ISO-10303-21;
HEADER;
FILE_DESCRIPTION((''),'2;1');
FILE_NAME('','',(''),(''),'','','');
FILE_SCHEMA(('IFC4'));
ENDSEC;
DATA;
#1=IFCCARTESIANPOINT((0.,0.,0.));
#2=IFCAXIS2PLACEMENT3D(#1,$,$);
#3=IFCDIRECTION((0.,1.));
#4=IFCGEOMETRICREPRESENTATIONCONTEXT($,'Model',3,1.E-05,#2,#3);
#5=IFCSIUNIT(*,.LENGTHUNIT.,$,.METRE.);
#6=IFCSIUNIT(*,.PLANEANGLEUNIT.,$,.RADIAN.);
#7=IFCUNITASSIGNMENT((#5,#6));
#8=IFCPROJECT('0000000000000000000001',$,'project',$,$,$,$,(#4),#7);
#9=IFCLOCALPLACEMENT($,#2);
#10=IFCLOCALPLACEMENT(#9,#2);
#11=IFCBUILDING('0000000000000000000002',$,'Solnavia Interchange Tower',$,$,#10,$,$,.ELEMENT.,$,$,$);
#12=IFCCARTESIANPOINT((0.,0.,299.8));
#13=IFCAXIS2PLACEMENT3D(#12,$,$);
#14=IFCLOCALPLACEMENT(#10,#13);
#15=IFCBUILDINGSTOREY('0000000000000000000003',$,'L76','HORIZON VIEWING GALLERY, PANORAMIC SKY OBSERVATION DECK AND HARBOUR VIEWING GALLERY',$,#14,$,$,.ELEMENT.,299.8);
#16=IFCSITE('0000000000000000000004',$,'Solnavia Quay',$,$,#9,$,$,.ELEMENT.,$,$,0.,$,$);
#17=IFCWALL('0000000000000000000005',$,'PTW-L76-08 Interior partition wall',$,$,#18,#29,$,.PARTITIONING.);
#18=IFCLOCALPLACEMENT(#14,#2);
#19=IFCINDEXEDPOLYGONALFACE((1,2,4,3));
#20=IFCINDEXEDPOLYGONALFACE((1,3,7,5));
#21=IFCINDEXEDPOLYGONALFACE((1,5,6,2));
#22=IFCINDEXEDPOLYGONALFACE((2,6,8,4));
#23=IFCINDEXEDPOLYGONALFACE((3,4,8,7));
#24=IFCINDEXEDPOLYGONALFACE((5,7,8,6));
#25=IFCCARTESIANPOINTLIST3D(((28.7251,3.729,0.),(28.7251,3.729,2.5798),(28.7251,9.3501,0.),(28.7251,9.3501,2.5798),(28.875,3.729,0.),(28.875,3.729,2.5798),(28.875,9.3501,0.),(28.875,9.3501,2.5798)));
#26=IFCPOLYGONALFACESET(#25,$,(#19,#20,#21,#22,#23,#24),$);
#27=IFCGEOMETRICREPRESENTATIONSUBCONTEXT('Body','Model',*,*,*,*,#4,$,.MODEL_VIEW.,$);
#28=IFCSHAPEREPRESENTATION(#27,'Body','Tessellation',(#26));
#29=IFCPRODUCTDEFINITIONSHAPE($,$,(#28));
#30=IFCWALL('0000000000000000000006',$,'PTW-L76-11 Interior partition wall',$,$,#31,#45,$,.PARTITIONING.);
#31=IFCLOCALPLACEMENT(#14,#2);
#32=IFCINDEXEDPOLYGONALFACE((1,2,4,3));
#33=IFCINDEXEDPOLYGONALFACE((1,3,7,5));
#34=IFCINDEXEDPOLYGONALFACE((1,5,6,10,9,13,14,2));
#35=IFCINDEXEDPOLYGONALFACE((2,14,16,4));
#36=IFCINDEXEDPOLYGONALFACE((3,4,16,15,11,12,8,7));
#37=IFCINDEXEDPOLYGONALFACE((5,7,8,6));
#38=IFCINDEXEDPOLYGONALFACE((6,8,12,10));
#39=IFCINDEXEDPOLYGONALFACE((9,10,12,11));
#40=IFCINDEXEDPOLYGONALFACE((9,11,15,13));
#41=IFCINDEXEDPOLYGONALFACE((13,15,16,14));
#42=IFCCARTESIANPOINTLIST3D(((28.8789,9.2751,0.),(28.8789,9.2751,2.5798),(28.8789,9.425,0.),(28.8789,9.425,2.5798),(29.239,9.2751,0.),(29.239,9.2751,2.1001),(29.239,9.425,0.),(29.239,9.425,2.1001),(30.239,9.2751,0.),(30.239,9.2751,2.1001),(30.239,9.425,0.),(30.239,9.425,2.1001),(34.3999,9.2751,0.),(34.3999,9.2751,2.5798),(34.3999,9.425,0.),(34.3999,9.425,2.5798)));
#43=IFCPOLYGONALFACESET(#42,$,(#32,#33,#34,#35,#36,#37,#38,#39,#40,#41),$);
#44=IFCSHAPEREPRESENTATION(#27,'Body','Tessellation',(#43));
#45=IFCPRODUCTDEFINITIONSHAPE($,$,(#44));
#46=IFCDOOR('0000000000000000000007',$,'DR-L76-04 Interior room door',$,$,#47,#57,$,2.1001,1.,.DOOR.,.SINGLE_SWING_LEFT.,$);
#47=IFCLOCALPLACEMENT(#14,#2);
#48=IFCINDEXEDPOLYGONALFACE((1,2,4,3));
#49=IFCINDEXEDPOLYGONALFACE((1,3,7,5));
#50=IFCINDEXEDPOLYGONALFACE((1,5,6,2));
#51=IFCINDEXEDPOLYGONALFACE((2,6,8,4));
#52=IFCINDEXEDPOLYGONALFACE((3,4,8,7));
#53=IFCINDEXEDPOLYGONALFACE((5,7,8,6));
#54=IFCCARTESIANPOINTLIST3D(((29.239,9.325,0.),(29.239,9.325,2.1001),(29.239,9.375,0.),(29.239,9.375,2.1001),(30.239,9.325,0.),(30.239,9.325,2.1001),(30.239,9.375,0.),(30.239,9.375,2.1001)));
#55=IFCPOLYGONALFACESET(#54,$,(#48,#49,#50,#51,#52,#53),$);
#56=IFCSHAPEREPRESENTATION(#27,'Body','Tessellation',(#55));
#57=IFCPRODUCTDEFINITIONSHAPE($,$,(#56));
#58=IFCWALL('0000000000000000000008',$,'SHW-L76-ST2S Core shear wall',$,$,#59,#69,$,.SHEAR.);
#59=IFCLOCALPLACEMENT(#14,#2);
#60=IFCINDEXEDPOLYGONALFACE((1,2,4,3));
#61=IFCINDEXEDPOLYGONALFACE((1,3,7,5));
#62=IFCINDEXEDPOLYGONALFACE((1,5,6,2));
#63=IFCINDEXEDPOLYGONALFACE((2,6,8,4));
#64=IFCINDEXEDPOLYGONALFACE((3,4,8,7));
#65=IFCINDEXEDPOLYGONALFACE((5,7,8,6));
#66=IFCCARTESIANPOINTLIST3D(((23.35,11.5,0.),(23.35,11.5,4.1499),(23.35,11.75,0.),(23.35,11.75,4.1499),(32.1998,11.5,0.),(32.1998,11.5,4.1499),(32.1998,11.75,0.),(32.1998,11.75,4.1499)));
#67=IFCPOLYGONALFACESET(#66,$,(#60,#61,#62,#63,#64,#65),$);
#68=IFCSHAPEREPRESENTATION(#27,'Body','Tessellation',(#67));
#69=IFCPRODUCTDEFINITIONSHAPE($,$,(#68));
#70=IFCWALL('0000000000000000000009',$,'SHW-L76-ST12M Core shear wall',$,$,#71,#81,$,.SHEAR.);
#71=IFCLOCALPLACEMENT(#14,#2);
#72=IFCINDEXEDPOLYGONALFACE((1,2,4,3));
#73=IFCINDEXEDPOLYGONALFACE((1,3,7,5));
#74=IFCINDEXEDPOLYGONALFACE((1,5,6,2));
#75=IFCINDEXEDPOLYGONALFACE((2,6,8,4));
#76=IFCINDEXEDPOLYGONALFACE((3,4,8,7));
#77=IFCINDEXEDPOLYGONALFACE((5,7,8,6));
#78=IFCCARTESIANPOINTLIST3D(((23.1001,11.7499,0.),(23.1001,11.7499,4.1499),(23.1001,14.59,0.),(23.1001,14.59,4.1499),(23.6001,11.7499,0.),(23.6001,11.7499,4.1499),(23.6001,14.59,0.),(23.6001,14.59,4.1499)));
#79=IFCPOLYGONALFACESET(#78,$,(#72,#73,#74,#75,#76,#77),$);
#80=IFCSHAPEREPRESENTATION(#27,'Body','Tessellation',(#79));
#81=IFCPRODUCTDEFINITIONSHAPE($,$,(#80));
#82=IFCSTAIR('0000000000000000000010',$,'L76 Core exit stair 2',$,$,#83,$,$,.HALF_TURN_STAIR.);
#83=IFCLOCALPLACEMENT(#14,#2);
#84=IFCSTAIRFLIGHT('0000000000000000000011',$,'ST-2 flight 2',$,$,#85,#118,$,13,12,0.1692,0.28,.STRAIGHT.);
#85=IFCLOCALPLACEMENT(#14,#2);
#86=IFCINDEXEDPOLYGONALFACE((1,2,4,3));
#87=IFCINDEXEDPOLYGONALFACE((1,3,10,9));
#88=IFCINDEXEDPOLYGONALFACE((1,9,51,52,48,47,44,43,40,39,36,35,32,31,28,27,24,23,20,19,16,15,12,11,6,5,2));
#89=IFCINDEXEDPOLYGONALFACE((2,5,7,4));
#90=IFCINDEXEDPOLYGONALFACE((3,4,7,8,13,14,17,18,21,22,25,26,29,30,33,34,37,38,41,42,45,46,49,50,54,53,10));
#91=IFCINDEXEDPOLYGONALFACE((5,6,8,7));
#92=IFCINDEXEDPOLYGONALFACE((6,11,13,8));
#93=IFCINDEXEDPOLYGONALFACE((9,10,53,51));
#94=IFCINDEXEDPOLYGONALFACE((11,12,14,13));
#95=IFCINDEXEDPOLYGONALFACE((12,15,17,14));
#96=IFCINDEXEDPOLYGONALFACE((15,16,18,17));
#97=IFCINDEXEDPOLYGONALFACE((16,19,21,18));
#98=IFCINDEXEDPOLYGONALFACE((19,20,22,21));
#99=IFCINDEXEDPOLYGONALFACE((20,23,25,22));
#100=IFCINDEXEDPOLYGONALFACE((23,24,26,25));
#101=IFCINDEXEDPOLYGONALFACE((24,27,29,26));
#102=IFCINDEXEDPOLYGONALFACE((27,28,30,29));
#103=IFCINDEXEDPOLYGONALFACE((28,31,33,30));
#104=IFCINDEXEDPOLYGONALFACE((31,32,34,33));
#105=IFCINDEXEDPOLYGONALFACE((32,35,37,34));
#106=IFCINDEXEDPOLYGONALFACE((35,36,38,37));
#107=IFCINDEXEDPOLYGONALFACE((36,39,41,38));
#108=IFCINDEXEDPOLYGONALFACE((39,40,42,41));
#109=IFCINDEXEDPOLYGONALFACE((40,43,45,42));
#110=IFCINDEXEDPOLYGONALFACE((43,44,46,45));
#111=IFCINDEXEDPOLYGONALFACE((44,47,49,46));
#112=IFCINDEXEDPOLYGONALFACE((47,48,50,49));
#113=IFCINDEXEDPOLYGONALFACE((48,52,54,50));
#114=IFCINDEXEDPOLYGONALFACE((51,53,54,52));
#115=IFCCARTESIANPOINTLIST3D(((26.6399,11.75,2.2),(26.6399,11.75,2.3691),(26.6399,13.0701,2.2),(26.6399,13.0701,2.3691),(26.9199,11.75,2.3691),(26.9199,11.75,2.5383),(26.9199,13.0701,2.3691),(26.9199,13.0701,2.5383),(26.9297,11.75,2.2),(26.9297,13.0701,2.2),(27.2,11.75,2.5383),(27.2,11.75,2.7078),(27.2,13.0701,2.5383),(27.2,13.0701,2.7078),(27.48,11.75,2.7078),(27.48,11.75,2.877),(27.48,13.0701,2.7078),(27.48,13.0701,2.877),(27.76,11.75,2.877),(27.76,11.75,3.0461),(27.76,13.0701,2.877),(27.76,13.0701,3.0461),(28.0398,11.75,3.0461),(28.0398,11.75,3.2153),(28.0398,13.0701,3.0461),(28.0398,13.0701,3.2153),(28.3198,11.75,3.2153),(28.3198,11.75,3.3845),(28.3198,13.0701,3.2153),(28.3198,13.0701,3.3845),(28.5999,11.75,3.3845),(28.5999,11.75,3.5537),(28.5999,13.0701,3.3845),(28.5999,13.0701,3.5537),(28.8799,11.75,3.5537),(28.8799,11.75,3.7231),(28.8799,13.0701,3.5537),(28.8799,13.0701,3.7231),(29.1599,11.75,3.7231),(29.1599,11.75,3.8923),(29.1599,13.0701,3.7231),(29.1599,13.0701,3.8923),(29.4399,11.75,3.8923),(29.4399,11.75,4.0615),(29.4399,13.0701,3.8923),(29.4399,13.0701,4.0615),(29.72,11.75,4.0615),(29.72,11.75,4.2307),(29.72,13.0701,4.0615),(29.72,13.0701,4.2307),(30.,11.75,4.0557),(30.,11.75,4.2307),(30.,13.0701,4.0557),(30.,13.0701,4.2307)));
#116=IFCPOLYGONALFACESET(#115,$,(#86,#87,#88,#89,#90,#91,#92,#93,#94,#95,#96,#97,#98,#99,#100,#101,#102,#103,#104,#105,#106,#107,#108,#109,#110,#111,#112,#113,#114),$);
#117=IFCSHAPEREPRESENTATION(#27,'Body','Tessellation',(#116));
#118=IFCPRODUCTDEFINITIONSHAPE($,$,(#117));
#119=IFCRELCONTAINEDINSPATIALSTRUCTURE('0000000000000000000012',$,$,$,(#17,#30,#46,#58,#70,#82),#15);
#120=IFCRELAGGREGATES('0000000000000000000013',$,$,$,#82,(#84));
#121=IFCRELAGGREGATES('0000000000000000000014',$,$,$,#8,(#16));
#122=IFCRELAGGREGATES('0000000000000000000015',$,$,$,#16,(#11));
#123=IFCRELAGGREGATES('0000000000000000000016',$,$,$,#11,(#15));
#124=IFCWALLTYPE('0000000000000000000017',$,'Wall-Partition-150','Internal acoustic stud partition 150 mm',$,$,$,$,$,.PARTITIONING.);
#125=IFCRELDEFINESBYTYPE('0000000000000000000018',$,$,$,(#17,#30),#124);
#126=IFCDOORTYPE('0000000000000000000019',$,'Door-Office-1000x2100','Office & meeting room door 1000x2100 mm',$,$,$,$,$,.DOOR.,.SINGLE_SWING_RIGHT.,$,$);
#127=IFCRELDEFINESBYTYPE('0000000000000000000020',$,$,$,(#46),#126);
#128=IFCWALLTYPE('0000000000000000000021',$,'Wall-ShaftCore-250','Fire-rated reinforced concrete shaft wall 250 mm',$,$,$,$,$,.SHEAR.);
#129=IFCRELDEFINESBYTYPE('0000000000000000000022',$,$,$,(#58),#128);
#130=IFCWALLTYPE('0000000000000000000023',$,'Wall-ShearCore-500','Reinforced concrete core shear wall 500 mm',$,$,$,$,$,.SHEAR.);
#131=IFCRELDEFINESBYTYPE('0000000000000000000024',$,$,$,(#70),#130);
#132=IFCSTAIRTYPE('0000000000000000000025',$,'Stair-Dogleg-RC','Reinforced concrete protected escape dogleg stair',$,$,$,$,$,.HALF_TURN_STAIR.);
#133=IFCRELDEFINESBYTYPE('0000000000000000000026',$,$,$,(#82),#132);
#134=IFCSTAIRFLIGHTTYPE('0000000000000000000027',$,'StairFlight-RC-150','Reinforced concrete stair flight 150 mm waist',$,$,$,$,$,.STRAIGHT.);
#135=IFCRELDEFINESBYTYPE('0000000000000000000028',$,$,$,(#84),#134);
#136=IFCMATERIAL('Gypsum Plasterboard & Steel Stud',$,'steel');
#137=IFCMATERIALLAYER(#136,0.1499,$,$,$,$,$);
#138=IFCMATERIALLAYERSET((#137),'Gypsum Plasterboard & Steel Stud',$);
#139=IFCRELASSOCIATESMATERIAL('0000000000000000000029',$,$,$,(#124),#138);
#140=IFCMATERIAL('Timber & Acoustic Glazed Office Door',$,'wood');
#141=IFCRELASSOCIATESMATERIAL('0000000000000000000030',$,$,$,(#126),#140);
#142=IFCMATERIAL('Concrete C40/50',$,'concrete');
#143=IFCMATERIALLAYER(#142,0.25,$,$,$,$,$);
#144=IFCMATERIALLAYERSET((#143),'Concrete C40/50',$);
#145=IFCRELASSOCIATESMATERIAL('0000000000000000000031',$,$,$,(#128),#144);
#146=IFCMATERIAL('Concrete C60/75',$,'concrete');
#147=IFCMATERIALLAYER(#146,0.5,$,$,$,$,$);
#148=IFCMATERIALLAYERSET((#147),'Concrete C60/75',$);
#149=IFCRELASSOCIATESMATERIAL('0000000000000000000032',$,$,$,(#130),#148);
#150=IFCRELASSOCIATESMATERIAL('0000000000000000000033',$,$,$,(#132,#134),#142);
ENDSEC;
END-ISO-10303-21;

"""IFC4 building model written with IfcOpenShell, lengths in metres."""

from ifc_helpers import new_model, si_unit, direction, frame, frame_2d, origin, place, context, subcontext, project, spatial, polyline, rectangle, outline, extrude, material, layer, layer_set, type_object, element, fill, aggregate, save


model = new_model("IFC4")

# Units and contexts
model_context = context("Model", 3, precision=1e-05, world=origin(), true_north=direction((0.0, 1.0)))
body_context = subcontext(model_context, "Body", "Model", "MODEL_VIEW")
ifc_project = project(units=[si_unit("LENGTHUNIT", "METRE"), si_unit("PLANEANGLEUNIT", "RADIAN")], contexts=[model_context])

# Site, building, storey
site_placement = place(None, origin())
site = spatial("IfcSite", under=ifc_project, at=site_placement, Name="Solnavia Quay", CompositionType="ELEMENT", RefElevation=0.0)
building_placement = place(site_placement, origin())
building = spatial("IfcBuilding", under=site, at=building_placement, Name="Solnavia Interchange Tower", CompositionType="ELEMENT")
storey_placement = place(building_placement, frame((0.0, 0.0, 299.8)))
storey = spatial("IfcBuildingStorey", under=building, at=storey_placement, Name="L76", Description="HORIZON VIEWING GALLERY, PANORAMIC SKY OBSERVATION DECK AND HARBOUR VIEWING GALLERY", CompositionType="ELEMENT", Elevation=299.8)

# Shared definitions
ifc_material_1 = material(Name="Concrete C40/50", Category="concrete")

# Wall
ifc_material_2 = material(Name="Gypsum Plasterboard & Steel Stud", Category="steel")
ifc_layer_1 = layer(ifc_material_2, 0.1499)
ifc_layer_set_1 = layer_set([ifc_layer_1], Name="Gypsum Plasterboard & Steel Stud")
wall_type_1 = type_object("IfcWallType", Name="Wall-Partition-150", Description="Internal acoustic stud partition 150 mm", PredefinedType="PARTITIONING", material=ifc_layer_set_1)
wall_1_placement = place(storey_placement, frame((28.8, 9.3501, 0.0), z_axis=(0.0, 0.0, 1.0), x_axis=(0.0, -1.0, 0.0)))
element("IfcWall", 1, at=wall_1_placement, inside=storey, type_object=wall_type_1, Name="PTW-L76-08 Interior partition wall", PredefinedType="PARTITIONING", context=body_context, shape_type="SweptSolid", body=[
    extrude(rectangle(XDim=5.6211, YDim=0.1499, at=frame_2d((2.8105, 0.0))), origin(), (0.0, 0.0, 1.0), 2.5798),
])

# Wall, opening, door
wall_2_placement = place(storey_placement, frame((28.8789, 9.3501, 0.0), z_axis=(0.0, 0.0, 1.0), x_axis=(1.0, 0.0, 0.0)))
wall_2 = element("IfcWall", 2, at=wall_2_placement, inside=storey, type_object=wall_type_1, Name="PTW-L76-11 Interior partition wall", PredefinedType="PARTITIONING", context=body_context, shape_type="SweptSolid", body=[
    extrude(rectangle(XDim=5.521, YDim=0.1499, at=frame_2d((2.7605, 0.0))), origin(), (0.0, 0.0, 1.0), 2.5798),
])
opening_1_placement = place(wall_2_placement, frame((0.3601, 0.0, 0.0)))
opening_1 = element("IfcOpeningElement", 3, at=opening_1_placement, cuts=wall_2, PredefinedType="OPENING", context=body_context, shape_type="SweptSolid", body=[
    extrude(rectangle(XDim=1.0, YDim=2.1001, at=frame_2d((0.5, 1.05))), frame((0.0, 0.085, 0.0), z_axis=(0.0, -1.0, 0.0), x_axis=(1.0, 0.0, 0.0)), (0.0, 0.0, 1.0), 0.1699),
])
ifc_material_3 = material(Name="Timber & Acoustic Glazed Office Door", Category="wood")
door_type = type_object("IfcDoorType", Name="Door-Office-1000x2100", Description="Office & meeting room door 1000x2100 mm", OperationType="SINGLE_SWING_RIGHT", PredefinedType="DOOR", material=ifc_material_3)
door_placement = place(opening_1_placement, origin())
door = element("IfcDoor", 4, at=door_placement, inside=storey, type_object=door_type, Name="DR-L76-04 Interior room door", OperationType="SINGLE_SWING_LEFT", OverallHeight=2.1001, OverallWidth=1.0, PredefinedType="DOOR", context=body_context, shape_type="SweptSolid", body=[
    extrude(rectangle(XDim=1.0, YDim=2.1001, at=frame_2d((0.5, 1.05))), frame((0.0, 0.0249, 0.0), z_axis=(0.0, -1.0, 0.0), x_axis=(1.0, 0.0, 0.0)), (0.0, 0.0, 1.0), 0.05),
])
fill(opening_1, door)

# Walls
ifc_layer_2 = layer(ifc_material_1, 0.25)
ifc_layer_set_2 = layer_set([ifc_layer_2], Name="Concrete C40/50")
wall_type_2 = type_object("IfcWallType", Name="Wall-ShaftCore-250", Description="Fire-rated reinforced concrete shaft wall 250 mm", PredefinedType="SHEAR", material=ifc_layer_set_2)
wall_3_placement = place(storey_placement, frame((23.3501, 11.625, 0.0), z_axis=(0.0, 0.0, 1.0), x_axis=(1.0, 0.0, 0.0)))
element("IfcWall", 5, at=wall_3_placement, inside=storey, type_object=wall_type_2, Name="SHW-L76-ST2S Core shear wall", PredefinedType="SHEAR", context=body_context, shape_type="SweptSolid", body=[
    extrude(rectangle(XDim=8.8499, YDim=0.25, at=frame_2d((4.4248, 0.0))), origin(), (0.0, 0.0, 1.0), 4.1499),
])
ifc_material_4 = material(Name="Concrete C60/75", Category="concrete")
ifc_layer_3 = layer(ifc_material_4, 0.5)
ifc_layer_set_3 = layer_set([ifc_layer_3], Name="Concrete C60/75")
wall_type_3 = type_object("IfcWallType", Name="Wall-ShearCore-500", Description="Reinforced concrete core shear wall 500 mm", PredefinedType="SHEAR", material=ifc_layer_set_3)
wall_4_placement = place(storey_placement, frame((23.3501, 11.75, 0.0), z_axis=(0.0, 0.0, 1.0), x_axis=(0.0, 1.0, 0.0)))
element("IfcWall", 6, at=wall_4_placement, inside=storey, type_object=wall_type_3, Name="SHW-L76-ST12M Core shear wall", PredefinedType="SHEAR", context=body_context, shape_type="SweptSolid", body=[
    extrude(rectangle(XDim=2.8401, YDim=0.5, at=frame_2d((1.4199, 0.0))), origin(), (0.0, 0.0, 1.0), 4.1499),
])

# Stair, stair flight
stair_type = type_object("IfcStairType", Name="Stair-Dogleg-RC", Description="Reinforced concrete protected escape dogleg stair", PredefinedType="HALF_TURN_STAIR", material=ifc_material_1)
stair_placement = place(storey_placement, origin())
stair = element("IfcStair", 7, at=stair_placement, inside=storey, type_object=stair_type, Name="L76 Core exit stair 2", PredefinedType="HALF_TURN_STAIR")
stair_flight_type = type_object("IfcStairFlightType", Name="StairFlight-RC-150", Description="Reinforced concrete stair flight 150 mm waist", PredefinedType="STRAIGHT", material=ifc_material_1)
stair_flight_placement = place(storey_placement, frame((26.6399, 12.4099, 2.2), z_axis=(0.0, 0.0, 1.0), x_axis=(1.0, 0.0, 0.0)))
stair_flight = element("IfcStairFlight", 8, at=stair_flight_placement, type_object=stair_flight_type, Name="ST-2 flight 2", NumberOfRisers=13, NumberOfTreads=12, PredefinedType="STRAIGHT", RiserHeight=0.1692, TreadLength=0.28, context=body_context, shape_type="SweptSolid", body=[
    extrude(outline(polyline([(0.0, 0.0), (0.0, 0.1692), (0.28, 0.1692), (0.28, 0.3384), (0.5601, 0.3384), (0.5601, 0.5078), (0.8401, 0.5078), (0.8401, 0.677), (1.1201, 0.677), (1.1201, 0.8462), (1.3999, 0.8462), (1.3999, 1.0154), (1.6799, 1.0154), (1.6799, 1.1846), (1.96, 1.1846), (1.96, 1.3538), (2.24, 1.3538), (2.24, 1.5232), (2.52, 1.5232), (2.52, 1.6924), (2.8, 1.6924), (2.8, 1.8616), (3.0801, 1.8616), (3.0801, 2.0308), (3.3601, 2.0308), (3.3601, 2.2), (3.3601, 1.8557), (0.2898, 0.0), (0.0, 0.0)])), frame((0.0, 0.6602, 0.0), z_axis=(0.0, -1.0, 0.0), x_axis=(1.0, 0.0, 0.0)), (0.0, 0.0, 1.0), 1.3201),
])
aggregate(stair, [stair_flight])

save(model, "model.ifc")
